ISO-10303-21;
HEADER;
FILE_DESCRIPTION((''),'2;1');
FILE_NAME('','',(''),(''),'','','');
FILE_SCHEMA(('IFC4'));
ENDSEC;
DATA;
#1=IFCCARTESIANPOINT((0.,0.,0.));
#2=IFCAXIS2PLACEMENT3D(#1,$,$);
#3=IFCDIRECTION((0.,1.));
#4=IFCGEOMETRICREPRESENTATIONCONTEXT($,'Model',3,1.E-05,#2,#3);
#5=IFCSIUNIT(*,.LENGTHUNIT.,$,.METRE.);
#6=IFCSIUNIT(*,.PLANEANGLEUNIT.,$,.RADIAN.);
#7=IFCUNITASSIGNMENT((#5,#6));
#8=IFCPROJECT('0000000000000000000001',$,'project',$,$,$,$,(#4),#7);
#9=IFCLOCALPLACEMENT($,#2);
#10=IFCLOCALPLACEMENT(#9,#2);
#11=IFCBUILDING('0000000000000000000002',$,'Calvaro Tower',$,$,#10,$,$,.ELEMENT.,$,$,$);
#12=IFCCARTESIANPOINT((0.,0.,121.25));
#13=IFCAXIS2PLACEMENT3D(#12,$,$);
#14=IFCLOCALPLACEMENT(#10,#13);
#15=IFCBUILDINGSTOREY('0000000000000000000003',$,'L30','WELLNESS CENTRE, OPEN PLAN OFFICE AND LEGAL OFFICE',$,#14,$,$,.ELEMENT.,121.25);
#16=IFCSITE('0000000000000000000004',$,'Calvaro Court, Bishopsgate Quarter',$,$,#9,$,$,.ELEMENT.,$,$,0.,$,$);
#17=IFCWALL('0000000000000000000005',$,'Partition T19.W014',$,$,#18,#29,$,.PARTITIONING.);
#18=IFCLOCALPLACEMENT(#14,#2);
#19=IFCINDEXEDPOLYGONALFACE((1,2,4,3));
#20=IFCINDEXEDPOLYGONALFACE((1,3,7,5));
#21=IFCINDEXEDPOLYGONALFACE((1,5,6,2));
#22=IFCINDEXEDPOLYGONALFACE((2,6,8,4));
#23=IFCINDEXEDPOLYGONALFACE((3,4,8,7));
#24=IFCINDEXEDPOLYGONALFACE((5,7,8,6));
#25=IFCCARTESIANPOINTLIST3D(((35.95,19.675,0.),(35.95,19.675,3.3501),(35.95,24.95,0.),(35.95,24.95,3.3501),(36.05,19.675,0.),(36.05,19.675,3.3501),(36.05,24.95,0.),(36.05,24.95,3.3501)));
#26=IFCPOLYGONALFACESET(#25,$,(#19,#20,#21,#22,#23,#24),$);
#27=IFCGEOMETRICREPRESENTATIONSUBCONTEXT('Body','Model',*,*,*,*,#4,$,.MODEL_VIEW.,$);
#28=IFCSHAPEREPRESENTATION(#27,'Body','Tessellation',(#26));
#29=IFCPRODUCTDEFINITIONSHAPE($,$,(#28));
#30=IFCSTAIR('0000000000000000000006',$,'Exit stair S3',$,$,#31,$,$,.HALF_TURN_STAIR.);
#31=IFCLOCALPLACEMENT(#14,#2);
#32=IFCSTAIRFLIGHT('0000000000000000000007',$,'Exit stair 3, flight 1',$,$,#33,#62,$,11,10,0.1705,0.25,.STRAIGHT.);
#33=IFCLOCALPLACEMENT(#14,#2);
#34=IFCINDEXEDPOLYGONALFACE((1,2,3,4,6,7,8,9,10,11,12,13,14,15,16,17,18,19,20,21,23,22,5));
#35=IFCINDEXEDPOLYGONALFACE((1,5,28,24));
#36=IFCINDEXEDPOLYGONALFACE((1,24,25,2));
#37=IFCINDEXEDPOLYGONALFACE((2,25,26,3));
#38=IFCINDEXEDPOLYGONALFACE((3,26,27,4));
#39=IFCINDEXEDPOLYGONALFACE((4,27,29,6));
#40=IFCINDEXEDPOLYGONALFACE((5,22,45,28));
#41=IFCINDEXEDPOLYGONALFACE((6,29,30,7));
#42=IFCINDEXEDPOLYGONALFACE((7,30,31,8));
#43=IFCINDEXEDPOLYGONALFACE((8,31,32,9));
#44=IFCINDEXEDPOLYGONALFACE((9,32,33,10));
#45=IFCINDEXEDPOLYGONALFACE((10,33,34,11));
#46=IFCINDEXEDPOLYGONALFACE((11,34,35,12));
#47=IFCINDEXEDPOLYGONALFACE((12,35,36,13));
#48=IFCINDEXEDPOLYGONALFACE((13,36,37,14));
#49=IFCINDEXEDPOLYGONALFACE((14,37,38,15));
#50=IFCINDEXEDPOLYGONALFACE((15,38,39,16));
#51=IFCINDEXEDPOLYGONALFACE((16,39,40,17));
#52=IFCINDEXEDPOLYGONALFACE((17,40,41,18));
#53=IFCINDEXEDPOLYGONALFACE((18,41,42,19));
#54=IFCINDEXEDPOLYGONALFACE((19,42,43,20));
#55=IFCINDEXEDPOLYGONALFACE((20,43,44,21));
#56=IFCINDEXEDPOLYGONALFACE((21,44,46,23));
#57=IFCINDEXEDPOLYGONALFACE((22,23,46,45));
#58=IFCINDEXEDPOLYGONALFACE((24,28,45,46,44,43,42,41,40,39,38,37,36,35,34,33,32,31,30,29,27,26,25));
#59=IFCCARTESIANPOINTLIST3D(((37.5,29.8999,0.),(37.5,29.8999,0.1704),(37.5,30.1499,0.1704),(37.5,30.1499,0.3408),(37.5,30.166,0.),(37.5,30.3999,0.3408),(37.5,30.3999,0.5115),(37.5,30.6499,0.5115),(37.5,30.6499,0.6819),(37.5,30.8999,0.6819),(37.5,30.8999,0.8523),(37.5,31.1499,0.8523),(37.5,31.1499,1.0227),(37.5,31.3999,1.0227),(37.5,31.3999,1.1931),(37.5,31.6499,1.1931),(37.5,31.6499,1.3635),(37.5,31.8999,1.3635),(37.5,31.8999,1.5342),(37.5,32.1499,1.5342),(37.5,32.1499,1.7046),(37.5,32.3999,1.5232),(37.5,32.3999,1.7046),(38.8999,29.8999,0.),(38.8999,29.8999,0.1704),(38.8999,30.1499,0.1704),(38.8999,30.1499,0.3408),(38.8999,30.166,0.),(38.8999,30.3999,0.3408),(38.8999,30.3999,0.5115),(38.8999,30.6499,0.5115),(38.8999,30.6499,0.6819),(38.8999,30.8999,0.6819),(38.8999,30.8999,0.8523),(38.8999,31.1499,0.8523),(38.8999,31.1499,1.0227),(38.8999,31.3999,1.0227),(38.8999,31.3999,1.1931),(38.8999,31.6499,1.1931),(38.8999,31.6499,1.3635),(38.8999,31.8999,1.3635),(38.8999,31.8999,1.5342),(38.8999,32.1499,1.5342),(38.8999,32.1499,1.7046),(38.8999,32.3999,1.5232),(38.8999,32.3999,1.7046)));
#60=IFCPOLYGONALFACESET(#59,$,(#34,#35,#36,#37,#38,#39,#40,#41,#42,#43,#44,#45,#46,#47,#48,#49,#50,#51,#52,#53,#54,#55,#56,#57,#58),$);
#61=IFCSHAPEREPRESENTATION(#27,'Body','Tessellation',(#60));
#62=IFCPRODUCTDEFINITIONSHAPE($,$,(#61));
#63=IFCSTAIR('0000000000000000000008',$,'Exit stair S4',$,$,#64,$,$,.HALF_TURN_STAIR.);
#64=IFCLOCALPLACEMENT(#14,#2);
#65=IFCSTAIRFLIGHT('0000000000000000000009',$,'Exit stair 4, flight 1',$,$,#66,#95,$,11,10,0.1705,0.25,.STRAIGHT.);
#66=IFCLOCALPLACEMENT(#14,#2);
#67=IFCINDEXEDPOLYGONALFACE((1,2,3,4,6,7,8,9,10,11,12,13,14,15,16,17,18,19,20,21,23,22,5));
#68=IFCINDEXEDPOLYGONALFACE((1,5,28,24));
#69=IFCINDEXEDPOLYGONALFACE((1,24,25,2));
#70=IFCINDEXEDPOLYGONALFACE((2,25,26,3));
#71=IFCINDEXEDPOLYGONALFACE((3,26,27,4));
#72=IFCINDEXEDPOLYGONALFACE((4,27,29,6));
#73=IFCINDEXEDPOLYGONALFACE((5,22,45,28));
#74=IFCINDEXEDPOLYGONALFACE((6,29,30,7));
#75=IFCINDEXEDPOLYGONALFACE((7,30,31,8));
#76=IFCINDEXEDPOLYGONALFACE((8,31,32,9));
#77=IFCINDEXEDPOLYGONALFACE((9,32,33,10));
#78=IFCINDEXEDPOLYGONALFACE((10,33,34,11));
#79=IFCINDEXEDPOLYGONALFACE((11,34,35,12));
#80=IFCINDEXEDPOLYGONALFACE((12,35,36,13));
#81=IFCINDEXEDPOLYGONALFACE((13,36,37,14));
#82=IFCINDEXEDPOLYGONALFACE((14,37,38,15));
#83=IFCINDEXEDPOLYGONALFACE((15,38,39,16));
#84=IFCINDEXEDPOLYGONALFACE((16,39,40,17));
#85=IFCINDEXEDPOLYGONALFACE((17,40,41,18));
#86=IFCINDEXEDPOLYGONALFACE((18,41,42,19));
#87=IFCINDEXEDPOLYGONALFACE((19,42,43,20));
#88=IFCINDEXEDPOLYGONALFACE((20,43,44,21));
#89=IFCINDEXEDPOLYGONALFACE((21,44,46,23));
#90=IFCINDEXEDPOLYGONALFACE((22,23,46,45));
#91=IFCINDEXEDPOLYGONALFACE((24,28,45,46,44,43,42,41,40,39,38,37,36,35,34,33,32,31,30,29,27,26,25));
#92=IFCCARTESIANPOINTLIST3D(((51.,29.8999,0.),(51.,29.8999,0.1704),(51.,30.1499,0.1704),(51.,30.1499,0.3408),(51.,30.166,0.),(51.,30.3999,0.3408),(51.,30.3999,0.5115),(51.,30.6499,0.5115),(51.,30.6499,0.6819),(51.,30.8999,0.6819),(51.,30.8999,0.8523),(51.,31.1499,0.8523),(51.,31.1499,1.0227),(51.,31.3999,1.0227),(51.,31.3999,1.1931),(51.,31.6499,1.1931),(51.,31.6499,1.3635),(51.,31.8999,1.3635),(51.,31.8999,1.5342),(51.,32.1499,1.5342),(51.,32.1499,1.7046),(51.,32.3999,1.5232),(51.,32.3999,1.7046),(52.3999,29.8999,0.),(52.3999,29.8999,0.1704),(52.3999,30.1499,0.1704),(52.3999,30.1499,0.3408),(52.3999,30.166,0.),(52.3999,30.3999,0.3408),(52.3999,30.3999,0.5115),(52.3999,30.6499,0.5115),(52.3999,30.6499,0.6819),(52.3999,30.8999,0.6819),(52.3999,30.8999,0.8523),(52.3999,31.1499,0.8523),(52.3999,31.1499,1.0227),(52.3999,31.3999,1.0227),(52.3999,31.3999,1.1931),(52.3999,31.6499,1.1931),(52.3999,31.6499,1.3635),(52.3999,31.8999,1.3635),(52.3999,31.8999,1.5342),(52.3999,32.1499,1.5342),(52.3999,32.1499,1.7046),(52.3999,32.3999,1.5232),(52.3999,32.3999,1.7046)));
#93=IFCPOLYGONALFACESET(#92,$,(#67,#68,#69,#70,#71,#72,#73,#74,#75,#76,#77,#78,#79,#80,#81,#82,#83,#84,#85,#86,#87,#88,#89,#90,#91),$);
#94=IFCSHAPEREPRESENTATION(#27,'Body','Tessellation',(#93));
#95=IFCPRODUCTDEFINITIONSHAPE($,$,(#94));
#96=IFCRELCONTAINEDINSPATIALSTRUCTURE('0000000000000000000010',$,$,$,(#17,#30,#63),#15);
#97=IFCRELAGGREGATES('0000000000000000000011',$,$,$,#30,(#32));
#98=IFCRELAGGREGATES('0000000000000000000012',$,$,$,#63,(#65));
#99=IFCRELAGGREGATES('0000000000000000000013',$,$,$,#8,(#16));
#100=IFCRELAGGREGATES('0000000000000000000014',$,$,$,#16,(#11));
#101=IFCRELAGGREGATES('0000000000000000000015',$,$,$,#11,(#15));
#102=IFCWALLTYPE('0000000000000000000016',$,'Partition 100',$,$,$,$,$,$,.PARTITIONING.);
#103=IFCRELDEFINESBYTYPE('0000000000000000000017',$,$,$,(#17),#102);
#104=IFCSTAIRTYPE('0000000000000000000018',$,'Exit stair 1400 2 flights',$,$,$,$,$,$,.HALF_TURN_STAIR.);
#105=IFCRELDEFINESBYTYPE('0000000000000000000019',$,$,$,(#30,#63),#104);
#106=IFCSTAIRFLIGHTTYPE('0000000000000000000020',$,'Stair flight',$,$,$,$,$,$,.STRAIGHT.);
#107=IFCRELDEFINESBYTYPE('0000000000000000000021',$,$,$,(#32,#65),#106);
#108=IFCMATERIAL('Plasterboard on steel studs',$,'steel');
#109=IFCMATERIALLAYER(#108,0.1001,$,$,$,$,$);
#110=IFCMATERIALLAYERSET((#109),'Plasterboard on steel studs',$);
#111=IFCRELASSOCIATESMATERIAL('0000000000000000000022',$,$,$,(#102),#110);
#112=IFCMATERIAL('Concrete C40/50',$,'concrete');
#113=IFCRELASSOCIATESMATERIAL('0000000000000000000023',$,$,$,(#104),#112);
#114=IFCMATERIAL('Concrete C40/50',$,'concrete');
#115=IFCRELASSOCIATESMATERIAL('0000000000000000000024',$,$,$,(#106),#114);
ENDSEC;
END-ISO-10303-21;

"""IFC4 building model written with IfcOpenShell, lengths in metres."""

from ifc_helpers import new_model, si_unit, direction, frame, frame_2d, origin, place, context, subcontext, project, spatial, polyline, rectangle, outline, extrude, material, layer, layer_set, type_object, element, aggregate, save


model = new_model("IFC4")

# Units and contexts
model_context = context("Model", 3, precision=1e-05, world=origin(), true_north=direction((0.0, 1.0)))
body_context = subcontext(model_context, "Body", "Model", "MODEL_VIEW")
ifc_project = project(units=[si_unit("LENGTHUNIT", "METRE"), si_unit("PLANEANGLEUNIT", "RADIAN")], contexts=[model_context])

# Site, building, storey
site_placement = place(None, origin())
site = spatial("IfcSite", under=ifc_project, at=site_placement, Name="Calvaro Court, Bishopsgate Quarter", CompositionType="ELEMENT", RefElevation=0.0)
building_placement = place(site_placement, origin())
building = spatial("IfcBuilding", under=site, at=building_placement, Name="Calvaro Tower", CompositionType="ELEMENT")
storey_placement = place(building_placement, frame((0.0, 0.0, 121.25)))
storey = spatial("IfcBuildingStorey", under=building, at=storey_placement, Name="L30", Description="WELLNESS CENTRE, OPEN PLAN OFFICE AND LEGAL OFFICE", CompositionType="ELEMENT", Elevation=121.25)

# Shared definitions
ifc_material_1 = material(Name="Plasterboard on steel studs", Category="steel")
ifc_layer_1 = layer(ifc_material_1, 0.1001)
ifc_layer_set_1 = layer_set([ifc_layer_1], Name="Plasterboard on steel studs")
wall_type_1 = type_object("IfcWallType", Name="Partition 100", PredefinedType="PARTITIONING", material=ifc_layer_set_1)

# Wall
wall_1_placement = place(storey_placement, frame((36.0, 19.675, 0.0), z_axis=(0.0, 0.0, 1.0), x_axis=(0.0, 1.0, 0.0)))
element("IfcWall", 1, at=wall_1_placement, inside=storey, type_object=wall_type_1, Name="Partition T19.W014", PredefinedType="PARTITIONING", context=body_context, shape_type="SweptSolid", body=[
    extrude(rectangle(XDim=5.2749, YDim=0.1001, at=frame_2d((2.6375, 0.0))), origin(), (0.0, 0.0, 1.0), 3.3501),
])

# Stairs, stair flights
ifc_material_2 = material(Name="Concrete C40/50", Category="concrete")
stair_type = type_object("IfcStairType", Name="Exit stair 1400 2 flights", PredefinedType="HALF_TURN_STAIR", material=ifc_material_2)
stair_1_placement = place(storey_placement, origin())
stair_1 = element("IfcStair", 2, at=stair_1_placement, inside=storey, type_object=stair_type, Name="Exit stair S3", PredefinedType="HALF_TURN_STAIR")
ifc_material_3 = material(Name="Concrete C40/50", Category="concrete")
stair_flight_type = type_object("IfcStairFlightType", Name="Stair flight", PredefinedType="STRAIGHT", material=ifc_material_3)
stair_flight_1_placement = place(storey_placement, frame((38.2, 29.8999, 0.0), z_axis=(0.0, 0.0, 1.0), x_axis=(0.0, 1.0, 0.0)))
stair_flight_1 = element("IfcStairFlight", 3, at=stair_flight_1_placement, type_object=stair_flight_type, Name="Exit stair 3, flight 1", NumberOfRisers=11, NumberOfTreads=10, PredefinedType="STRAIGHT", RiserHeight=0.1705, TreadLength=0.25, context=body_context, shape_type="SweptSolid", body=[
    extrude(outline(polyline([(0.0, 0.0), (0.0, 0.1704), (0.25, 0.1704), (0.25, 0.3408), (0.5, 0.3408), (0.5, 0.5115), (0.75, 0.5115), (0.75, 0.6819), (1.0, 0.6819), (1.0, 0.8523), (1.25, 0.8523), (1.25, 1.0227), (1.5, 1.0227), (1.5, 1.1931), (1.75, 1.1931), (1.75, 1.3635), (2.0, 1.3635), (2.0, 1.5342), (2.25, 1.5342), (2.25, 1.7046), (2.5, 1.7046), (2.5, 1.875), (2.5, 1.5232), (0.2661, 0.0), (0.0, 0.0)])), frame((0.0, 0.7, 0.0), z_axis=(0.0, -1.0, 0.0), x_axis=(1.0, 0.0, 0.0)), (0.0, 0.0, 1.0), 1.3999),
])
stair_2_placement = place(storey_placement, origin())
stair_2 = element("IfcStair", 4, at=stair_2_placement, inside=storey, type_object=stair_type, Name="Exit stair S4", PredefinedType="HALF_TURN_STAIR")
stair_flight_2_placement = place(storey_placement, frame((51.7, 29.8999, 0.0), z_axis=(0.0, 0.0, 1.0), x_axis=(0.0, 1.0, 0.0)))
stair_flight_2 = element("IfcStairFlight", 5, at=stair_flight_2_placement, type_object=stair_flight_type, Name="Exit stair 4, flight 1", NumberOfRisers=11, NumberOfTreads=10, PredefinedType="STRAIGHT", RiserHeight=0.1705, TreadLength=0.25, context=body_context, shape_type="SweptSolid", body=[
    extrude(outline(polyline([(0.0, 0.0), (0.0, 0.1704), (0.25, 0.1704), (0.25, 0.3408), (0.5, 0.3408), (0.5, 0.5115), (0.75, 0.5115), (0.75, 0.6819), (1.0, 0.6819), (1.0, 0.8523), (1.25, 0.8523), (1.25, 1.0227), (1.5, 1.0227), (1.5, 1.1931), (1.75, 1.1931), (1.75, 1.3635), (2.0, 1.3635), (2.0, 1.5342), (2.25, 1.5342), (2.25, 1.7046), (2.5, 1.7046), (2.5, 1.875), (2.5, 1.5232), (0.2661, 0.0), (0.0, 0.0)])), frame((0.0, 0.7, 0.0), z_axis=(0.0, -1.0, 0.0), x_axis=(1.0, 0.0, 0.0)), (0.0, 0.0, 1.0), 1.3999),
])

aggregate(stair_1, [stair_flight_1])
aggregate(stair_2, [stair_flight_2])

save(model, "model.ifc")
